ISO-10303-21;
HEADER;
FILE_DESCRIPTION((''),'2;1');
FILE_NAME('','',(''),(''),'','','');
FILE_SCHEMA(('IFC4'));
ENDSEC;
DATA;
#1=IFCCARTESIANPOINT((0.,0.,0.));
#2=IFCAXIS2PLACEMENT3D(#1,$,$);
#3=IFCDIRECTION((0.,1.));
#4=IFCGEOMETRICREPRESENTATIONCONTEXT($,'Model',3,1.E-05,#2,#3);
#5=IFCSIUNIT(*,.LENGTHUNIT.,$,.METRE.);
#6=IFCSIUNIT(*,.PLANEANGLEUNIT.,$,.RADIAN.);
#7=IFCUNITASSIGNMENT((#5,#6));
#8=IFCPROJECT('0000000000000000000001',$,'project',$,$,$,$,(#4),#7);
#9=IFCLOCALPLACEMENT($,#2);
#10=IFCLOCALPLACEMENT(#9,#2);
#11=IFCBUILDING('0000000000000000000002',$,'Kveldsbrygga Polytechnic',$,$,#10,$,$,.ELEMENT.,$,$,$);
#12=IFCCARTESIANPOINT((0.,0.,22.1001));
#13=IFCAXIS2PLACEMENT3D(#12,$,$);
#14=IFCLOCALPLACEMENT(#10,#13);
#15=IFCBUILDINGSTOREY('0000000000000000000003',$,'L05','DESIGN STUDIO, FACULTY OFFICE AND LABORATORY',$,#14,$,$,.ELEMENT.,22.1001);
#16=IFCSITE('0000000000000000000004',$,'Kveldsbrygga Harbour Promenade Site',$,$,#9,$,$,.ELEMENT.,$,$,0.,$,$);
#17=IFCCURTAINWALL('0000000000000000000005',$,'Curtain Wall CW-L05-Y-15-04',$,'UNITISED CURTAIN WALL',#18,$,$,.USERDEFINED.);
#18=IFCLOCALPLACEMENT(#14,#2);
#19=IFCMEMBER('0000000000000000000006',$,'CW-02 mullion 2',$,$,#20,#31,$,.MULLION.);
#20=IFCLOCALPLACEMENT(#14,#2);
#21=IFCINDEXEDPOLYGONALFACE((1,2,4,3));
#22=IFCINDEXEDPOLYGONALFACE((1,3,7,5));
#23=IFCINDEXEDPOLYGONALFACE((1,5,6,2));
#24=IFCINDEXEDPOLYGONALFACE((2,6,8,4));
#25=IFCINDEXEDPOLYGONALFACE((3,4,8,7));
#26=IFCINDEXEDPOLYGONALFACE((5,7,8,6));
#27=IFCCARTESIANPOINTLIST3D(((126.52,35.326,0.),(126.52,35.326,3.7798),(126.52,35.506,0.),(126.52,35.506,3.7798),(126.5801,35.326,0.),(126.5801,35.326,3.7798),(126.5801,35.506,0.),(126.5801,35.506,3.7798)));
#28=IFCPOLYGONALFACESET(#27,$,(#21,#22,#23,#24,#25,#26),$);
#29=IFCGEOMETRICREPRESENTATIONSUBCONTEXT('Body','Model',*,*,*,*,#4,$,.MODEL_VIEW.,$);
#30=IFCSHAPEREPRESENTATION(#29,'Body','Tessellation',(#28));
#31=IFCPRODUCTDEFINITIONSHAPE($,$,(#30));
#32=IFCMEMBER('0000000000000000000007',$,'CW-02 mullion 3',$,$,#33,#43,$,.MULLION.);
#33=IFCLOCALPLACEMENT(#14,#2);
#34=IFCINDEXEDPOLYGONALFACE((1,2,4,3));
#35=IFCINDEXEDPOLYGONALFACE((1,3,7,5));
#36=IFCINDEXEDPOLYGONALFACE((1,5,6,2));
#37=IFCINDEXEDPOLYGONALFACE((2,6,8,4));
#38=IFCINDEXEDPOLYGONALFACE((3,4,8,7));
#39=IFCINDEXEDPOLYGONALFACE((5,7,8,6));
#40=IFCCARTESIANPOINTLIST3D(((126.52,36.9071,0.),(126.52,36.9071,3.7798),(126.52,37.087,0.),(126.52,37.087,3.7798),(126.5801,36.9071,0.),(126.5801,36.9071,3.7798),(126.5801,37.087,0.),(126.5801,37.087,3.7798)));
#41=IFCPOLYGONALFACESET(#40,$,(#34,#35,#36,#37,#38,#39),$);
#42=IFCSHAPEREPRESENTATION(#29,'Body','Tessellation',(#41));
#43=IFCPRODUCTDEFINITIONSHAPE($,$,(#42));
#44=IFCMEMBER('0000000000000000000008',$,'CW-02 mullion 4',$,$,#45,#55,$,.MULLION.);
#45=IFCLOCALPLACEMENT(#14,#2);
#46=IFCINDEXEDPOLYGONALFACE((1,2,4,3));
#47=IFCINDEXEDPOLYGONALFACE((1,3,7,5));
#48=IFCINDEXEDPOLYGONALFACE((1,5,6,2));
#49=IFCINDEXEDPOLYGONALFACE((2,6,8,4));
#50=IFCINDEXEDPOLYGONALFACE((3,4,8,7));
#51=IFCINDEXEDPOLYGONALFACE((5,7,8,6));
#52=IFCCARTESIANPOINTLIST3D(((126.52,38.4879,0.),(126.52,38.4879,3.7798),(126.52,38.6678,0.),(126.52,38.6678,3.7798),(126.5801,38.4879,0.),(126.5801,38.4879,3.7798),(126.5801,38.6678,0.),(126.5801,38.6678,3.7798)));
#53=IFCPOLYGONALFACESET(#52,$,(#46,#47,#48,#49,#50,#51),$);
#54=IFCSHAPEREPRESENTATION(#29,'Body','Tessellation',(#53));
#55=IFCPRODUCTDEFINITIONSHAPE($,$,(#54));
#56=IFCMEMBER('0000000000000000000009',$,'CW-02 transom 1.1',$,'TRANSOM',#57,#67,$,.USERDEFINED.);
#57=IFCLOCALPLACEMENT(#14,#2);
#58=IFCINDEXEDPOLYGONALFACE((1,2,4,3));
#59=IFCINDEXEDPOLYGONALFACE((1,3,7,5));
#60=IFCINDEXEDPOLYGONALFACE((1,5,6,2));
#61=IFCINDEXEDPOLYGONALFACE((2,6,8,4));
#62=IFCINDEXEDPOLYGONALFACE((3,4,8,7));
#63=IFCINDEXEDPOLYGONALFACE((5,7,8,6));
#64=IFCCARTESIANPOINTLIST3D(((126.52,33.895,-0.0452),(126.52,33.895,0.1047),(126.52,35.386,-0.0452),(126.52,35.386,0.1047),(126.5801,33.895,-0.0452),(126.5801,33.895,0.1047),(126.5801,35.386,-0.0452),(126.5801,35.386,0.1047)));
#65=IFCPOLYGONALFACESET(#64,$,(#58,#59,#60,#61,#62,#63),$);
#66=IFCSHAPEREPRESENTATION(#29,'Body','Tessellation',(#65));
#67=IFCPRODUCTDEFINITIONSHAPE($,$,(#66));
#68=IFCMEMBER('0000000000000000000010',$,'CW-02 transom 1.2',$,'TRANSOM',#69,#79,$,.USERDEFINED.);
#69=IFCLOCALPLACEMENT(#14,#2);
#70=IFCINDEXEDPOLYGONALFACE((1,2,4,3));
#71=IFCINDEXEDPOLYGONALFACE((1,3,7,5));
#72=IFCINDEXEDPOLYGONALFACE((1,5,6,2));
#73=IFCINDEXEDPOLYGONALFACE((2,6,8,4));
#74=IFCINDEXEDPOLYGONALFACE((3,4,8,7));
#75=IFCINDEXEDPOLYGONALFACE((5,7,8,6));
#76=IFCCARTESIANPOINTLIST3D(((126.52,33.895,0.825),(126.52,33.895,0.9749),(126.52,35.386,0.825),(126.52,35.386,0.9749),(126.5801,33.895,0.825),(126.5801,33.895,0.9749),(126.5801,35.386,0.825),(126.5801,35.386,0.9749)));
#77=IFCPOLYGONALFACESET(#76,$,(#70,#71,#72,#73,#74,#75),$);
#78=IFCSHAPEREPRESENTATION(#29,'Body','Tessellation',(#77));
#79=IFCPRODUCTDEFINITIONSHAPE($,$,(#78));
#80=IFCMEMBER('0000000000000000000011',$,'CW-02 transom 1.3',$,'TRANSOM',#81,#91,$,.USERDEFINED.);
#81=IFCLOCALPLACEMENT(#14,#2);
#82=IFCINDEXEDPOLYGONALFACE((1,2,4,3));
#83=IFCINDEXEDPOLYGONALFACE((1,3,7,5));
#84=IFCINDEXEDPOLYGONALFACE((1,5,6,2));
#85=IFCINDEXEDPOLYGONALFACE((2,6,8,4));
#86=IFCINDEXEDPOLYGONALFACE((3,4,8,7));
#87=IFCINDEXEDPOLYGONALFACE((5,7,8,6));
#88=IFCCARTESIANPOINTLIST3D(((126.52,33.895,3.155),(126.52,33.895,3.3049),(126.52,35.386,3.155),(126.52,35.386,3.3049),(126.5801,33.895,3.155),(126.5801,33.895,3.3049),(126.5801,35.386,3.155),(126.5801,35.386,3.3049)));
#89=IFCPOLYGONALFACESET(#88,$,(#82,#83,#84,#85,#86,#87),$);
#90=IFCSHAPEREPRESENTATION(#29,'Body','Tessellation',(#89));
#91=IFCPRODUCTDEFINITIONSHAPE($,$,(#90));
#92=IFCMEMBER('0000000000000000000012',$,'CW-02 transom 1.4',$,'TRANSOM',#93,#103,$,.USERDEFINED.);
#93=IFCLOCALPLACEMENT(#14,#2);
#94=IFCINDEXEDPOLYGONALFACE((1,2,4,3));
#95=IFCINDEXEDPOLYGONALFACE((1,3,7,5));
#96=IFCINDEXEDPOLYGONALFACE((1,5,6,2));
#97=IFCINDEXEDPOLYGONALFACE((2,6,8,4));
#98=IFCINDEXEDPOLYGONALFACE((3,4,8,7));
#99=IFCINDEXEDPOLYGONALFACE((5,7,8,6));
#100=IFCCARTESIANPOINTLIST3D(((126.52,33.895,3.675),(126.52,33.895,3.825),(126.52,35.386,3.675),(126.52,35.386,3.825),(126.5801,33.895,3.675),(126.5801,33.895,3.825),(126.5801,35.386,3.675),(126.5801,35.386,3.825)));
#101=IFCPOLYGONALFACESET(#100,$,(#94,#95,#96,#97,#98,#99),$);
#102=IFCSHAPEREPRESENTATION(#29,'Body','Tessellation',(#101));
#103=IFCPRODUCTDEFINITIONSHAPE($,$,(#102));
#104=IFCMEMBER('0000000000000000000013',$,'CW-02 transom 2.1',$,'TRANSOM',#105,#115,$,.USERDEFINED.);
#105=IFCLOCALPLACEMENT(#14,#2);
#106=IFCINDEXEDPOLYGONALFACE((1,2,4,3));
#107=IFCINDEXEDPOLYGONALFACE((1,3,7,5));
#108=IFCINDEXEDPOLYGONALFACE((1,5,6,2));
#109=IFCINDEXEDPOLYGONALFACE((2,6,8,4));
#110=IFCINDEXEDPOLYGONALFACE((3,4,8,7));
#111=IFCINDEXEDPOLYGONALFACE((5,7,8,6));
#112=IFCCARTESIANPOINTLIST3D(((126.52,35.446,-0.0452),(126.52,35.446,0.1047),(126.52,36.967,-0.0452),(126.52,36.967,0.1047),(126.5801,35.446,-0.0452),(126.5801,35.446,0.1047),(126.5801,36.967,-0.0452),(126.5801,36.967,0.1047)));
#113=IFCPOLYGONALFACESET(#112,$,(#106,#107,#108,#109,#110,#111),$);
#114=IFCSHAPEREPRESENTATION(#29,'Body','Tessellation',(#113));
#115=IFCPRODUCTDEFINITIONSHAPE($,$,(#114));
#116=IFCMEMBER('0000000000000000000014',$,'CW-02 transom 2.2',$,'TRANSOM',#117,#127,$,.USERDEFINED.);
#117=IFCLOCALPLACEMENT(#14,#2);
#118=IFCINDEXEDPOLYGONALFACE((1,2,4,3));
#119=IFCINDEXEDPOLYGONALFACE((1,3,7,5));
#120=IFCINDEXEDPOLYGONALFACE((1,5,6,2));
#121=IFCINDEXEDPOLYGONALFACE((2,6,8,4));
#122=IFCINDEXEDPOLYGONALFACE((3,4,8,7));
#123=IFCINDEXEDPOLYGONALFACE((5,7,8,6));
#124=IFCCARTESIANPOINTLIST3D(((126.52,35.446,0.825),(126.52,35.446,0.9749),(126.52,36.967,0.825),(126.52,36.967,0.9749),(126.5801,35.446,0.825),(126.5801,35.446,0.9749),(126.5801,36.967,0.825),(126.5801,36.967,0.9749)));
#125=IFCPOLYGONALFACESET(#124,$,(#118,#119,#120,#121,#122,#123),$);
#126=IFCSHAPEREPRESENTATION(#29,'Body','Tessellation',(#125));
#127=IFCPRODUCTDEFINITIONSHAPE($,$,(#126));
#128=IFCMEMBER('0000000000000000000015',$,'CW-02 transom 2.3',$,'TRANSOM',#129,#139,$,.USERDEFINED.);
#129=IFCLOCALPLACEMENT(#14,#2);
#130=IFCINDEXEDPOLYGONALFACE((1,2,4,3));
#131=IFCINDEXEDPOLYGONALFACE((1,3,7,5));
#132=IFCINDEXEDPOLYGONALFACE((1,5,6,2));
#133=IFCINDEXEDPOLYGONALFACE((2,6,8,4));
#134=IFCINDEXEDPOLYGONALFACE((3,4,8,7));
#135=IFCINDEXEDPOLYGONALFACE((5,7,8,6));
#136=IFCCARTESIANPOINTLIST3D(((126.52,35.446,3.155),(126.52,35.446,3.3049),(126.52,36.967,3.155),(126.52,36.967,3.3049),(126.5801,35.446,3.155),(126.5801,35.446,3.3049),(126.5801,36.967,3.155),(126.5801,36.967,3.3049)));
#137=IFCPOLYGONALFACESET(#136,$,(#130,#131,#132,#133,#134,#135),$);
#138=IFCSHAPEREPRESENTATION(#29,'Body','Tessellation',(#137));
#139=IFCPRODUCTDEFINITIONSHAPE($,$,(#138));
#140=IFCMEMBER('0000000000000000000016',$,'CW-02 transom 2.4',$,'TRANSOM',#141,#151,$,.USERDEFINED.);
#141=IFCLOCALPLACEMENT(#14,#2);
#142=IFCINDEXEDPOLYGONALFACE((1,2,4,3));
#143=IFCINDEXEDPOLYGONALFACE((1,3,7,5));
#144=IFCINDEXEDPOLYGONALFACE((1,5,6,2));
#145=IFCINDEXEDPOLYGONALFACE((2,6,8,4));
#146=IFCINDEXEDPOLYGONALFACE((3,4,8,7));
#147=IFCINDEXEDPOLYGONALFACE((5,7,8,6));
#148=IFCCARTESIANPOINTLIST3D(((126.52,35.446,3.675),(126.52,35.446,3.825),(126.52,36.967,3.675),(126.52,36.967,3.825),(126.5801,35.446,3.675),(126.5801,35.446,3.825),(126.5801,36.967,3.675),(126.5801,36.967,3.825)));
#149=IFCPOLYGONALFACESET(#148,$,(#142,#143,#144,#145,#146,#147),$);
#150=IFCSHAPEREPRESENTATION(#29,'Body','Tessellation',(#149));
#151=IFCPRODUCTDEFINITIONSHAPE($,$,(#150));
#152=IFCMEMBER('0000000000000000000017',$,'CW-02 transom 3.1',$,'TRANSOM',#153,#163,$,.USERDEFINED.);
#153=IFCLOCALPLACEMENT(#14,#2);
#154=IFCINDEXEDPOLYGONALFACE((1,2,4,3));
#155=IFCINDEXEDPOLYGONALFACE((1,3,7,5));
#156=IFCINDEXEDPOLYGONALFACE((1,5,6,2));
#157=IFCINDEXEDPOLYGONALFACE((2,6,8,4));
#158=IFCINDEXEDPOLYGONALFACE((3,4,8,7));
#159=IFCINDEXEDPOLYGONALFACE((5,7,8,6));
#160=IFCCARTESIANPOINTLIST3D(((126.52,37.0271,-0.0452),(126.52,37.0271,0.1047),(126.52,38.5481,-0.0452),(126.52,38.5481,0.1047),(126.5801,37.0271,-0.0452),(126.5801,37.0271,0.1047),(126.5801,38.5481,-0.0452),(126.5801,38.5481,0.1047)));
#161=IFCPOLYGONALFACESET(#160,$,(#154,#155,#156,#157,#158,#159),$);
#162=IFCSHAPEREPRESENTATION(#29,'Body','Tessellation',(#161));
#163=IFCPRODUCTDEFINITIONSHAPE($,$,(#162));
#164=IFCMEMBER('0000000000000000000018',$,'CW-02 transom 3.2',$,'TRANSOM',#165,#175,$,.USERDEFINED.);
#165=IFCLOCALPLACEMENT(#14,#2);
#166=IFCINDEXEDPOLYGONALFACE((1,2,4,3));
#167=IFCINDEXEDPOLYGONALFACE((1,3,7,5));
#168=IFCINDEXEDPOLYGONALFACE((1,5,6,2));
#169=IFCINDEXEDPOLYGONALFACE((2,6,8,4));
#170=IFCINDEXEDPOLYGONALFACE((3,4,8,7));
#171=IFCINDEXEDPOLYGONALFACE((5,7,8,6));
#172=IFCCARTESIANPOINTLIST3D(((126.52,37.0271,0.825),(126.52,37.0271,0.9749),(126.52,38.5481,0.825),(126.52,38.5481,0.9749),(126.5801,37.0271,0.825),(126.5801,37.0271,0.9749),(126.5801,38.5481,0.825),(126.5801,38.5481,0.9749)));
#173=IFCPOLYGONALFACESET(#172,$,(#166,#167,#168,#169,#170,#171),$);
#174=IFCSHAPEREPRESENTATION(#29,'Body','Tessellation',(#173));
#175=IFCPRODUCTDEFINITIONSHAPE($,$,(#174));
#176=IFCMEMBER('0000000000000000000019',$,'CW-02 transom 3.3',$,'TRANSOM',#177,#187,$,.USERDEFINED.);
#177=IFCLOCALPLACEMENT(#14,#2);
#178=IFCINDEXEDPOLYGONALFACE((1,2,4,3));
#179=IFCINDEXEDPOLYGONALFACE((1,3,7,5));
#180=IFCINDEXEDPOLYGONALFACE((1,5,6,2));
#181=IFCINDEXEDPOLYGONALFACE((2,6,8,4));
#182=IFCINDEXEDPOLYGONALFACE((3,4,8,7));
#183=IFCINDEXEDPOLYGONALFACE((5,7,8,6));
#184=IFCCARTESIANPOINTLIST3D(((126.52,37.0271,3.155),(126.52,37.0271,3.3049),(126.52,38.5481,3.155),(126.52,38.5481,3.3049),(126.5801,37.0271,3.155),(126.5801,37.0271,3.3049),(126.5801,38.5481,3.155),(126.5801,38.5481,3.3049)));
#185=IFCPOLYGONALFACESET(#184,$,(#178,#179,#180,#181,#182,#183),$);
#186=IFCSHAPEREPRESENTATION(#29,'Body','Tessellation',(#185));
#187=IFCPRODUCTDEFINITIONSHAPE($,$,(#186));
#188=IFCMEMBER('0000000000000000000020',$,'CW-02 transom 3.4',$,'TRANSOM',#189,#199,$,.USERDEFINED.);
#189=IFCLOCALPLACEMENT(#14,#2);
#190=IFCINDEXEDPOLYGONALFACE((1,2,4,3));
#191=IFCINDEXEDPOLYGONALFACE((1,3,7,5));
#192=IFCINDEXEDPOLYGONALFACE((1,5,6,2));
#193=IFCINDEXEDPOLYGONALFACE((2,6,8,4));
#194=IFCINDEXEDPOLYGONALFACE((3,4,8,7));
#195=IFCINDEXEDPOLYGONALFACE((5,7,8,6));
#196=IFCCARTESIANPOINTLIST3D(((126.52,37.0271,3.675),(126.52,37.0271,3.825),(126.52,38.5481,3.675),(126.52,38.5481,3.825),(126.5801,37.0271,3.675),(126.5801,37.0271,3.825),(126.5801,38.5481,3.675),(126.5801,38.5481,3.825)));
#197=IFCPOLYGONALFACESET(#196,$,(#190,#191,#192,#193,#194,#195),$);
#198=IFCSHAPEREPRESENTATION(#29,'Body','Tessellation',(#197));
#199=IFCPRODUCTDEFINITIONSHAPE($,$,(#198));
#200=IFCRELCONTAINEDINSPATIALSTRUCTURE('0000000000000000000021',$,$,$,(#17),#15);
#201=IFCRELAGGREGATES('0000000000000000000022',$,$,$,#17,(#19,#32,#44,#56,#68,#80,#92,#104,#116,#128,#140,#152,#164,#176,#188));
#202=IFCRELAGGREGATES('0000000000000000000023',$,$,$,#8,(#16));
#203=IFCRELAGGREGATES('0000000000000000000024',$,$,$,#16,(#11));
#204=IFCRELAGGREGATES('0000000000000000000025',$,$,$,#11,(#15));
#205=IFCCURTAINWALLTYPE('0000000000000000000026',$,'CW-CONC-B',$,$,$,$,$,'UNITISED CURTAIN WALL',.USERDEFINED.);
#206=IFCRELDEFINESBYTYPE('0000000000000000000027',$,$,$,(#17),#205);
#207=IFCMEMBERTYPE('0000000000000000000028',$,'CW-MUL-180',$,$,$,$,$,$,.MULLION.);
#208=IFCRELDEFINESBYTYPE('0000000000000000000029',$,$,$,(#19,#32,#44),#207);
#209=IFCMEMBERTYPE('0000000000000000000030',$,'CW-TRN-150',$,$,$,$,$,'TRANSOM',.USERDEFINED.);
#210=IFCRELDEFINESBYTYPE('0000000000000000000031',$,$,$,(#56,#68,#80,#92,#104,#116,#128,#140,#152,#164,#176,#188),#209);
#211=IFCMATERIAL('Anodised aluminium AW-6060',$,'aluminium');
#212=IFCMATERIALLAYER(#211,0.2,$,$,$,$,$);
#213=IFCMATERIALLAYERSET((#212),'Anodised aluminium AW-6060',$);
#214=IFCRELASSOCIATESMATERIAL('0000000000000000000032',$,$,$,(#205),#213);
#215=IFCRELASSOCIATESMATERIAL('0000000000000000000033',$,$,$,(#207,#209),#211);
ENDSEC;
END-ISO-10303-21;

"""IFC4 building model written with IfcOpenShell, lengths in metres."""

from ifc_helpers import new_model, si_unit, direction, frame, origin, origin_2d, place, context, subcontext, project, spatial, rectangle, extrude, material, layer, layer_set, material_profile, profile_set, type_object, element, aggregate, save


model = new_model("IFC4")

# Units and contexts
model_context = context("Model", 3, precision=1e-05, world=origin(), true_north=direction((0.0, 1.0)))
body_context = subcontext(model_context, "Body", "Model", "MODEL_VIEW")
ifc_project = project(units=[si_unit("LENGTHUNIT", "METRE"), si_unit("PLANEANGLEUNIT", "RADIAN")], contexts=[model_context])

# Site, building, storey
site_placement = place(None, origin())
site = spatial("IfcSite", under=ifc_project, at=site_placement, Name="Kveldsbrygga Harbour Promenade Site", CompositionType="ELEMENT", RefElevation=0.0)
building_placement = place(site_placement, origin())
building = spatial("IfcBuilding", under=site, at=building_placement, Name="Kveldsbrygga Polytechnic", CompositionType="ELEMENT")
storey_placement = place(building_placement, frame((0.0, 0.0, 22.1001)))
storey = spatial("IfcBuildingStorey", under=building, at=storey_placement, Name="L05", Description="DESIGN STUDIO, FACULTY OFFICE AND LABORATORY", CompositionType="ELEMENT", Elevation=22.1001)

# Curtain wall, members
ifc_material_1 = material(Name="Anodised aluminium AW-6060", Category="aluminium")
ifc_layer_1 = layer(ifc_material_1, 0.2)
ifc_layer_set_1 = layer_set([ifc_layer_1], Name="Anodised aluminium AW-6060")
curtain_wall_type = type_object("IfcCurtainWallType", Name="CW-CONC-B", ElementType="UNITISED CURTAIN WALL", PredefinedType="USERDEFINED", material=ifc_layer_set_1)
curtain_wall_placement = place(storey_placement, origin())
curtain_wall = element("IfcCurtainWall", 1, at=curtain_wall_placement, inside=storey, type_object=curtain_wall_type, Name="Curtain Wall CW-L05-Y-15-04", ObjectType="UNITISED CURTAIN WALL", PredefinedType="USERDEFINED")
ifc_material_profile_1 = material_profile(ifc_material_1, rectangle(XDim=0.0601, YDim=0.1799, at=origin_2d()), Name="ALU 60x180")
ifc_profile_set_1 = profile_set([ifc_material_profile_1], Name="Anodised aluminium AW-6060")
member_type_1 = type_object("IfcMemberType", Name="CW-MUL-180", PredefinedType="MULLION", material=ifc_profile_set_1)
member_1_placement = place(storey_placement, frame((126.55, 35.416, 0.0), z_axis=(0.0, 0.0, 1.0), x_axis=(-1.0, 0.0, 0.0)))
member_1 = element("IfcMember", 2, at=member_1_placement, type_object=member_type_1, Name="CW-02 mullion 2", PredefinedType="MULLION", context=body_context, shape_type="SweptSolid", body=[
    extrude(rectangle(XDim=0.0601, YDim=0.1799, at=origin_2d()), origin(), (0.0, 0.0, 1.0), 3.7798),
])
member_2_placement = place(storey_placement, frame((126.55, 36.9971, 0.0), z_axis=(0.0, 0.0, 1.0), x_axis=(-1.0, 0.0, 0.0)))
member_2 = element("IfcMember", 3, at=member_2_placement, type_object=member_type_1, Name="CW-02 mullion 3", PredefinedType="MULLION", context=body_context, shape_type="SweptSolid", body=[
    extrude(rectangle(XDim=0.0601, YDim=0.1799, at=origin_2d()), origin(), (0.0, 0.0, 1.0), 3.7798),
])
member_3_placement = place(storey_placement, frame((126.55, 38.5779, 0.0), z_axis=(0.0, 0.0, 1.0), x_axis=(-1.0, 0.0, 0.0)))
member_3 = element("IfcMember", 4, at=member_3_placement, type_object=member_type_1, Name="CW-02 mullion 4", PredefinedType="MULLION", context=body_context, shape_type="SweptSolid", body=[
    extrude(rectangle(XDim=0.0601, YDim=0.1799, at=origin_2d()), origin(), (0.0, 0.0, 1.0), 3.7798),
])
ifc_material_profile_2 = material_profile(ifc_material_1, rectangle(XDim=0.0601, YDim=0.1499, at=origin_2d()), Name="ALU 60x150")
ifc_profile_set_2 = profile_set([ifc_material_profile_2], Name="Anodised aluminium AW-6060")
member_type_2 = type_object("IfcMemberType", Name="CW-TRN-150", ElementType="TRANSOM", PredefinedType="USERDEFINED", material=ifc_profile_set_2)
member_4_placement = place(storey_placement, frame((126.55, 33.895, 0.0298), z_axis=(0.0, 1.0, 0.0), x_axis=(-1.0, 0.0, 0.0)))
member_4 = element("IfcMember", 5, at=member_4_placement, type_object=member_type_2, Name="CW-02 transom 1.1", ObjectType="TRANSOM", PredefinedType="USERDEFINED", context=body_context, shape_type="SweptSolid", body=[
    extrude(rectangle(XDim=0.0601, YDim=0.1499, at=origin_2d()), origin(), (0.0, 0.0, 1.0), 1.491),
])
member_5_placement = place(storey_placement, frame((126.55, 33.895, 0.8999), z_axis=(0.0, 1.0, 0.0), x_axis=(-1.0, 0.0, 0.0)))
member_5 = element("IfcMember", 6, at=member_5_placement, type_object=member_type_2, Name="CW-02 transom 1.2", ObjectType="TRANSOM", PredefinedType="USERDEFINED", context=body_context, shape_type="SweptSolid", body=[
    extrude(rectangle(XDim=0.0601, YDim=0.1499, at=origin_2d()), origin(), (0.0, 0.0, 1.0), 1.491),
])
member_6_placement = place(storey_placement, frame((126.55, 33.895, 3.23), z_axis=(0.0, 1.0, 0.0), x_axis=(-1.0, 0.0, 0.0)))
member_6 = element("IfcMember", 7, at=member_6_placement, type_object=member_type_2, Name="CW-02 transom 1.3", ObjectType="TRANSOM", PredefinedType="USERDEFINED", context=body_context, shape_type="SweptSolid", body=[
    extrude(rectangle(XDim=0.0601, YDim=0.1499, at=origin_2d()), origin(), (0.0, 0.0, 1.0), 1.491),
])
member_7_placement = place(storey_placement, frame((126.55, 33.895, 3.75), z_axis=(0.0, 1.0, 0.0), x_axis=(-1.0, 0.0, 0.0)))
member_7 = element("IfcMember", 8, at=member_7_placement, type_object=member_type_2, Name="CW-02 transom 1.4", ObjectType="TRANSOM", PredefinedType="USERDEFINED", context=body_context, shape_type="SweptSolid", body=[
    extrude(rectangle(XDim=0.0601, YDim=0.1499, at=origin_2d()), origin(), (0.0, 0.0, 1.0), 1.491),
])
member_8_placement = place(storey_placement, frame((126.55, 35.446, 0.0298), z_axis=(0.0, 1.0, 0.0), x_axis=(-1.0, 0.0, 0.0)))
member_8 = element("IfcMember", 9, at=member_8_placement, type_object=member_type_2, Name="CW-02 transom 2.1", ObjectType="TRANSOM", PredefinedType="USERDEFINED", context=body_context, shape_type="SweptSolid", body=[
    extrude(rectangle(XDim=0.0601, YDim=0.1499, at=origin_2d()), origin(), (0.0, 0.0, 1.0), 1.521),
])
member_9_placement = place(storey_placement, frame((126.55, 35.446, 0.8999), z_axis=(0.0, 1.0, 0.0), x_axis=(-1.0, 0.0, 0.0)))
member_9 = element("IfcMember", 10, at=member_9_placement, type_object=member_type_2, Name="CW-02 transom 2.2", ObjectType="TRANSOM", PredefinedType="USERDEFINED", context=body_context, shape_type="SweptSolid", body=[
    extrude(rectangle(XDim=0.0601, YDim=0.1499, at=origin_2d()), origin(), (0.0, 0.0, 1.0), 1.521),
])
member_10_placement = place(storey_placement, frame((126.55, 35.446, 3.23), z_axis=(0.0, 1.0, 0.0), x_axis=(-1.0, 0.0, 0.0)))
member_10 = element("IfcMember", 11, at=member_10_placement, type_object=member_type_2, Name="CW-02 transom 2.3", ObjectType="TRANSOM", PredefinedType="USERDEFINED", context=body_context, shape_type="SweptSolid", body=[
    extrude(rectangle(XDim=0.0601, YDim=0.1499, at=origin_2d()), origin(), (0.0, 0.0, 1.0), 1.521),
])
member_11_placement = place(storey_placement, frame((126.55, 35.446, 3.75), z_axis=(0.0, 1.0, 0.0), x_axis=(-1.0, 0.0, 0.0)))
member_11 = element("IfcMember", 12, at=member_11_placement, type_object=member_type_2, Name="CW-02 transom 2.4", ObjectType="TRANSOM", PredefinedType="USERDEFINED", context=body_context, shape_type="SweptSolid", body=[
    extrude(rectangle(XDim=0.0601, YDim=0.1499, at=origin_2d()), origin(), (0.0, 0.0, 1.0), 1.521),
])
member_12_placement = place(storey_placement, frame((126.55, 37.0271, 0.0298), z_axis=(0.0, 1.0, 0.0), x_axis=(-1.0, 0.0, 0.0)))
member_12 = element("IfcMember", 13, at=member_12_placement, type_object=member_type_2, Name="CW-02 transom 3.1", ObjectType="TRANSOM", PredefinedType="USERDEFINED", context=body_context, shape_type="SweptSolid", body=[
    extrude(rectangle(XDim=0.0601, YDim=0.1499, at=origin_2d()), origin(), (0.0, 0.0, 1.0), 1.521),
])
member_13_placement = place(storey_placement, frame((126.55, 37.0271, 0.8999), z_axis=(0.0, 1.0, 0.0), x_axis=(-1.0, 0.0, 0.0)))
member_13 = element("IfcMember", 14, at=member_13_placement, type_object=member_type_2, Name="CW-02 transom 3.2", ObjectType="TRANSOM", PredefinedType="USERDEFINED", context=body_context, shape_type="SweptSolid", body=[
    extrude(rectangle(XDim=0.0601, YDim=0.1499, at=origin_2d()), origin(), (0.0, 0.0, 1.0), 1.521),
])
member_14_placement = place(storey_placement, frame((126.55, 37.0271, 3.23), z_axis=(0.0, 1.0, 0.0), x_axis=(-1.0, 0.0, 0.0)))
member_14 = element("IfcMember", 15, at=member_14_placement, type_object=member_type_2, Name="CW-02 transom 3.3", ObjectType="TRANSOM", PredefinedType="USERDEFINED", context=body_context, shape_type="SweptSolid", body=[
    extrude(rectangle(XDim=0.0601, YDim=0.1499, at=origin_2d()), origin(), (0.0, 0.0, 1.0), 1.521),
])
member_15_placement = place(storey_placement, frame((126.55, 37.0271, 3.75), z_axis=(0.0, 1.0, 0.0), x_axis=(-1.0, 0.0, 0.0)))
member_15 = element("IfcMember", 16, at=member_15_placement, type_object=member_type_2, Name="CW-02 transom 3.4", ObjectType="TRANSOM", PredefinedType="USERDEFINED", context=body_context, shape_type="SweptSolid", body=[
    extrude(rectangle(XDim=0.0601, YDim=0.1499, at=origin_2d()), origin(), (0.0, 0.0, 1.0), 1.521),
])
aggregate(curtain_wall, [member_1, member_2, member_3, member_4, member_5, member_6, member_7, member_8, member_9, member_10, member_11, member_12, member_13, member_14, member_15])

save(model, "model.ifc")
